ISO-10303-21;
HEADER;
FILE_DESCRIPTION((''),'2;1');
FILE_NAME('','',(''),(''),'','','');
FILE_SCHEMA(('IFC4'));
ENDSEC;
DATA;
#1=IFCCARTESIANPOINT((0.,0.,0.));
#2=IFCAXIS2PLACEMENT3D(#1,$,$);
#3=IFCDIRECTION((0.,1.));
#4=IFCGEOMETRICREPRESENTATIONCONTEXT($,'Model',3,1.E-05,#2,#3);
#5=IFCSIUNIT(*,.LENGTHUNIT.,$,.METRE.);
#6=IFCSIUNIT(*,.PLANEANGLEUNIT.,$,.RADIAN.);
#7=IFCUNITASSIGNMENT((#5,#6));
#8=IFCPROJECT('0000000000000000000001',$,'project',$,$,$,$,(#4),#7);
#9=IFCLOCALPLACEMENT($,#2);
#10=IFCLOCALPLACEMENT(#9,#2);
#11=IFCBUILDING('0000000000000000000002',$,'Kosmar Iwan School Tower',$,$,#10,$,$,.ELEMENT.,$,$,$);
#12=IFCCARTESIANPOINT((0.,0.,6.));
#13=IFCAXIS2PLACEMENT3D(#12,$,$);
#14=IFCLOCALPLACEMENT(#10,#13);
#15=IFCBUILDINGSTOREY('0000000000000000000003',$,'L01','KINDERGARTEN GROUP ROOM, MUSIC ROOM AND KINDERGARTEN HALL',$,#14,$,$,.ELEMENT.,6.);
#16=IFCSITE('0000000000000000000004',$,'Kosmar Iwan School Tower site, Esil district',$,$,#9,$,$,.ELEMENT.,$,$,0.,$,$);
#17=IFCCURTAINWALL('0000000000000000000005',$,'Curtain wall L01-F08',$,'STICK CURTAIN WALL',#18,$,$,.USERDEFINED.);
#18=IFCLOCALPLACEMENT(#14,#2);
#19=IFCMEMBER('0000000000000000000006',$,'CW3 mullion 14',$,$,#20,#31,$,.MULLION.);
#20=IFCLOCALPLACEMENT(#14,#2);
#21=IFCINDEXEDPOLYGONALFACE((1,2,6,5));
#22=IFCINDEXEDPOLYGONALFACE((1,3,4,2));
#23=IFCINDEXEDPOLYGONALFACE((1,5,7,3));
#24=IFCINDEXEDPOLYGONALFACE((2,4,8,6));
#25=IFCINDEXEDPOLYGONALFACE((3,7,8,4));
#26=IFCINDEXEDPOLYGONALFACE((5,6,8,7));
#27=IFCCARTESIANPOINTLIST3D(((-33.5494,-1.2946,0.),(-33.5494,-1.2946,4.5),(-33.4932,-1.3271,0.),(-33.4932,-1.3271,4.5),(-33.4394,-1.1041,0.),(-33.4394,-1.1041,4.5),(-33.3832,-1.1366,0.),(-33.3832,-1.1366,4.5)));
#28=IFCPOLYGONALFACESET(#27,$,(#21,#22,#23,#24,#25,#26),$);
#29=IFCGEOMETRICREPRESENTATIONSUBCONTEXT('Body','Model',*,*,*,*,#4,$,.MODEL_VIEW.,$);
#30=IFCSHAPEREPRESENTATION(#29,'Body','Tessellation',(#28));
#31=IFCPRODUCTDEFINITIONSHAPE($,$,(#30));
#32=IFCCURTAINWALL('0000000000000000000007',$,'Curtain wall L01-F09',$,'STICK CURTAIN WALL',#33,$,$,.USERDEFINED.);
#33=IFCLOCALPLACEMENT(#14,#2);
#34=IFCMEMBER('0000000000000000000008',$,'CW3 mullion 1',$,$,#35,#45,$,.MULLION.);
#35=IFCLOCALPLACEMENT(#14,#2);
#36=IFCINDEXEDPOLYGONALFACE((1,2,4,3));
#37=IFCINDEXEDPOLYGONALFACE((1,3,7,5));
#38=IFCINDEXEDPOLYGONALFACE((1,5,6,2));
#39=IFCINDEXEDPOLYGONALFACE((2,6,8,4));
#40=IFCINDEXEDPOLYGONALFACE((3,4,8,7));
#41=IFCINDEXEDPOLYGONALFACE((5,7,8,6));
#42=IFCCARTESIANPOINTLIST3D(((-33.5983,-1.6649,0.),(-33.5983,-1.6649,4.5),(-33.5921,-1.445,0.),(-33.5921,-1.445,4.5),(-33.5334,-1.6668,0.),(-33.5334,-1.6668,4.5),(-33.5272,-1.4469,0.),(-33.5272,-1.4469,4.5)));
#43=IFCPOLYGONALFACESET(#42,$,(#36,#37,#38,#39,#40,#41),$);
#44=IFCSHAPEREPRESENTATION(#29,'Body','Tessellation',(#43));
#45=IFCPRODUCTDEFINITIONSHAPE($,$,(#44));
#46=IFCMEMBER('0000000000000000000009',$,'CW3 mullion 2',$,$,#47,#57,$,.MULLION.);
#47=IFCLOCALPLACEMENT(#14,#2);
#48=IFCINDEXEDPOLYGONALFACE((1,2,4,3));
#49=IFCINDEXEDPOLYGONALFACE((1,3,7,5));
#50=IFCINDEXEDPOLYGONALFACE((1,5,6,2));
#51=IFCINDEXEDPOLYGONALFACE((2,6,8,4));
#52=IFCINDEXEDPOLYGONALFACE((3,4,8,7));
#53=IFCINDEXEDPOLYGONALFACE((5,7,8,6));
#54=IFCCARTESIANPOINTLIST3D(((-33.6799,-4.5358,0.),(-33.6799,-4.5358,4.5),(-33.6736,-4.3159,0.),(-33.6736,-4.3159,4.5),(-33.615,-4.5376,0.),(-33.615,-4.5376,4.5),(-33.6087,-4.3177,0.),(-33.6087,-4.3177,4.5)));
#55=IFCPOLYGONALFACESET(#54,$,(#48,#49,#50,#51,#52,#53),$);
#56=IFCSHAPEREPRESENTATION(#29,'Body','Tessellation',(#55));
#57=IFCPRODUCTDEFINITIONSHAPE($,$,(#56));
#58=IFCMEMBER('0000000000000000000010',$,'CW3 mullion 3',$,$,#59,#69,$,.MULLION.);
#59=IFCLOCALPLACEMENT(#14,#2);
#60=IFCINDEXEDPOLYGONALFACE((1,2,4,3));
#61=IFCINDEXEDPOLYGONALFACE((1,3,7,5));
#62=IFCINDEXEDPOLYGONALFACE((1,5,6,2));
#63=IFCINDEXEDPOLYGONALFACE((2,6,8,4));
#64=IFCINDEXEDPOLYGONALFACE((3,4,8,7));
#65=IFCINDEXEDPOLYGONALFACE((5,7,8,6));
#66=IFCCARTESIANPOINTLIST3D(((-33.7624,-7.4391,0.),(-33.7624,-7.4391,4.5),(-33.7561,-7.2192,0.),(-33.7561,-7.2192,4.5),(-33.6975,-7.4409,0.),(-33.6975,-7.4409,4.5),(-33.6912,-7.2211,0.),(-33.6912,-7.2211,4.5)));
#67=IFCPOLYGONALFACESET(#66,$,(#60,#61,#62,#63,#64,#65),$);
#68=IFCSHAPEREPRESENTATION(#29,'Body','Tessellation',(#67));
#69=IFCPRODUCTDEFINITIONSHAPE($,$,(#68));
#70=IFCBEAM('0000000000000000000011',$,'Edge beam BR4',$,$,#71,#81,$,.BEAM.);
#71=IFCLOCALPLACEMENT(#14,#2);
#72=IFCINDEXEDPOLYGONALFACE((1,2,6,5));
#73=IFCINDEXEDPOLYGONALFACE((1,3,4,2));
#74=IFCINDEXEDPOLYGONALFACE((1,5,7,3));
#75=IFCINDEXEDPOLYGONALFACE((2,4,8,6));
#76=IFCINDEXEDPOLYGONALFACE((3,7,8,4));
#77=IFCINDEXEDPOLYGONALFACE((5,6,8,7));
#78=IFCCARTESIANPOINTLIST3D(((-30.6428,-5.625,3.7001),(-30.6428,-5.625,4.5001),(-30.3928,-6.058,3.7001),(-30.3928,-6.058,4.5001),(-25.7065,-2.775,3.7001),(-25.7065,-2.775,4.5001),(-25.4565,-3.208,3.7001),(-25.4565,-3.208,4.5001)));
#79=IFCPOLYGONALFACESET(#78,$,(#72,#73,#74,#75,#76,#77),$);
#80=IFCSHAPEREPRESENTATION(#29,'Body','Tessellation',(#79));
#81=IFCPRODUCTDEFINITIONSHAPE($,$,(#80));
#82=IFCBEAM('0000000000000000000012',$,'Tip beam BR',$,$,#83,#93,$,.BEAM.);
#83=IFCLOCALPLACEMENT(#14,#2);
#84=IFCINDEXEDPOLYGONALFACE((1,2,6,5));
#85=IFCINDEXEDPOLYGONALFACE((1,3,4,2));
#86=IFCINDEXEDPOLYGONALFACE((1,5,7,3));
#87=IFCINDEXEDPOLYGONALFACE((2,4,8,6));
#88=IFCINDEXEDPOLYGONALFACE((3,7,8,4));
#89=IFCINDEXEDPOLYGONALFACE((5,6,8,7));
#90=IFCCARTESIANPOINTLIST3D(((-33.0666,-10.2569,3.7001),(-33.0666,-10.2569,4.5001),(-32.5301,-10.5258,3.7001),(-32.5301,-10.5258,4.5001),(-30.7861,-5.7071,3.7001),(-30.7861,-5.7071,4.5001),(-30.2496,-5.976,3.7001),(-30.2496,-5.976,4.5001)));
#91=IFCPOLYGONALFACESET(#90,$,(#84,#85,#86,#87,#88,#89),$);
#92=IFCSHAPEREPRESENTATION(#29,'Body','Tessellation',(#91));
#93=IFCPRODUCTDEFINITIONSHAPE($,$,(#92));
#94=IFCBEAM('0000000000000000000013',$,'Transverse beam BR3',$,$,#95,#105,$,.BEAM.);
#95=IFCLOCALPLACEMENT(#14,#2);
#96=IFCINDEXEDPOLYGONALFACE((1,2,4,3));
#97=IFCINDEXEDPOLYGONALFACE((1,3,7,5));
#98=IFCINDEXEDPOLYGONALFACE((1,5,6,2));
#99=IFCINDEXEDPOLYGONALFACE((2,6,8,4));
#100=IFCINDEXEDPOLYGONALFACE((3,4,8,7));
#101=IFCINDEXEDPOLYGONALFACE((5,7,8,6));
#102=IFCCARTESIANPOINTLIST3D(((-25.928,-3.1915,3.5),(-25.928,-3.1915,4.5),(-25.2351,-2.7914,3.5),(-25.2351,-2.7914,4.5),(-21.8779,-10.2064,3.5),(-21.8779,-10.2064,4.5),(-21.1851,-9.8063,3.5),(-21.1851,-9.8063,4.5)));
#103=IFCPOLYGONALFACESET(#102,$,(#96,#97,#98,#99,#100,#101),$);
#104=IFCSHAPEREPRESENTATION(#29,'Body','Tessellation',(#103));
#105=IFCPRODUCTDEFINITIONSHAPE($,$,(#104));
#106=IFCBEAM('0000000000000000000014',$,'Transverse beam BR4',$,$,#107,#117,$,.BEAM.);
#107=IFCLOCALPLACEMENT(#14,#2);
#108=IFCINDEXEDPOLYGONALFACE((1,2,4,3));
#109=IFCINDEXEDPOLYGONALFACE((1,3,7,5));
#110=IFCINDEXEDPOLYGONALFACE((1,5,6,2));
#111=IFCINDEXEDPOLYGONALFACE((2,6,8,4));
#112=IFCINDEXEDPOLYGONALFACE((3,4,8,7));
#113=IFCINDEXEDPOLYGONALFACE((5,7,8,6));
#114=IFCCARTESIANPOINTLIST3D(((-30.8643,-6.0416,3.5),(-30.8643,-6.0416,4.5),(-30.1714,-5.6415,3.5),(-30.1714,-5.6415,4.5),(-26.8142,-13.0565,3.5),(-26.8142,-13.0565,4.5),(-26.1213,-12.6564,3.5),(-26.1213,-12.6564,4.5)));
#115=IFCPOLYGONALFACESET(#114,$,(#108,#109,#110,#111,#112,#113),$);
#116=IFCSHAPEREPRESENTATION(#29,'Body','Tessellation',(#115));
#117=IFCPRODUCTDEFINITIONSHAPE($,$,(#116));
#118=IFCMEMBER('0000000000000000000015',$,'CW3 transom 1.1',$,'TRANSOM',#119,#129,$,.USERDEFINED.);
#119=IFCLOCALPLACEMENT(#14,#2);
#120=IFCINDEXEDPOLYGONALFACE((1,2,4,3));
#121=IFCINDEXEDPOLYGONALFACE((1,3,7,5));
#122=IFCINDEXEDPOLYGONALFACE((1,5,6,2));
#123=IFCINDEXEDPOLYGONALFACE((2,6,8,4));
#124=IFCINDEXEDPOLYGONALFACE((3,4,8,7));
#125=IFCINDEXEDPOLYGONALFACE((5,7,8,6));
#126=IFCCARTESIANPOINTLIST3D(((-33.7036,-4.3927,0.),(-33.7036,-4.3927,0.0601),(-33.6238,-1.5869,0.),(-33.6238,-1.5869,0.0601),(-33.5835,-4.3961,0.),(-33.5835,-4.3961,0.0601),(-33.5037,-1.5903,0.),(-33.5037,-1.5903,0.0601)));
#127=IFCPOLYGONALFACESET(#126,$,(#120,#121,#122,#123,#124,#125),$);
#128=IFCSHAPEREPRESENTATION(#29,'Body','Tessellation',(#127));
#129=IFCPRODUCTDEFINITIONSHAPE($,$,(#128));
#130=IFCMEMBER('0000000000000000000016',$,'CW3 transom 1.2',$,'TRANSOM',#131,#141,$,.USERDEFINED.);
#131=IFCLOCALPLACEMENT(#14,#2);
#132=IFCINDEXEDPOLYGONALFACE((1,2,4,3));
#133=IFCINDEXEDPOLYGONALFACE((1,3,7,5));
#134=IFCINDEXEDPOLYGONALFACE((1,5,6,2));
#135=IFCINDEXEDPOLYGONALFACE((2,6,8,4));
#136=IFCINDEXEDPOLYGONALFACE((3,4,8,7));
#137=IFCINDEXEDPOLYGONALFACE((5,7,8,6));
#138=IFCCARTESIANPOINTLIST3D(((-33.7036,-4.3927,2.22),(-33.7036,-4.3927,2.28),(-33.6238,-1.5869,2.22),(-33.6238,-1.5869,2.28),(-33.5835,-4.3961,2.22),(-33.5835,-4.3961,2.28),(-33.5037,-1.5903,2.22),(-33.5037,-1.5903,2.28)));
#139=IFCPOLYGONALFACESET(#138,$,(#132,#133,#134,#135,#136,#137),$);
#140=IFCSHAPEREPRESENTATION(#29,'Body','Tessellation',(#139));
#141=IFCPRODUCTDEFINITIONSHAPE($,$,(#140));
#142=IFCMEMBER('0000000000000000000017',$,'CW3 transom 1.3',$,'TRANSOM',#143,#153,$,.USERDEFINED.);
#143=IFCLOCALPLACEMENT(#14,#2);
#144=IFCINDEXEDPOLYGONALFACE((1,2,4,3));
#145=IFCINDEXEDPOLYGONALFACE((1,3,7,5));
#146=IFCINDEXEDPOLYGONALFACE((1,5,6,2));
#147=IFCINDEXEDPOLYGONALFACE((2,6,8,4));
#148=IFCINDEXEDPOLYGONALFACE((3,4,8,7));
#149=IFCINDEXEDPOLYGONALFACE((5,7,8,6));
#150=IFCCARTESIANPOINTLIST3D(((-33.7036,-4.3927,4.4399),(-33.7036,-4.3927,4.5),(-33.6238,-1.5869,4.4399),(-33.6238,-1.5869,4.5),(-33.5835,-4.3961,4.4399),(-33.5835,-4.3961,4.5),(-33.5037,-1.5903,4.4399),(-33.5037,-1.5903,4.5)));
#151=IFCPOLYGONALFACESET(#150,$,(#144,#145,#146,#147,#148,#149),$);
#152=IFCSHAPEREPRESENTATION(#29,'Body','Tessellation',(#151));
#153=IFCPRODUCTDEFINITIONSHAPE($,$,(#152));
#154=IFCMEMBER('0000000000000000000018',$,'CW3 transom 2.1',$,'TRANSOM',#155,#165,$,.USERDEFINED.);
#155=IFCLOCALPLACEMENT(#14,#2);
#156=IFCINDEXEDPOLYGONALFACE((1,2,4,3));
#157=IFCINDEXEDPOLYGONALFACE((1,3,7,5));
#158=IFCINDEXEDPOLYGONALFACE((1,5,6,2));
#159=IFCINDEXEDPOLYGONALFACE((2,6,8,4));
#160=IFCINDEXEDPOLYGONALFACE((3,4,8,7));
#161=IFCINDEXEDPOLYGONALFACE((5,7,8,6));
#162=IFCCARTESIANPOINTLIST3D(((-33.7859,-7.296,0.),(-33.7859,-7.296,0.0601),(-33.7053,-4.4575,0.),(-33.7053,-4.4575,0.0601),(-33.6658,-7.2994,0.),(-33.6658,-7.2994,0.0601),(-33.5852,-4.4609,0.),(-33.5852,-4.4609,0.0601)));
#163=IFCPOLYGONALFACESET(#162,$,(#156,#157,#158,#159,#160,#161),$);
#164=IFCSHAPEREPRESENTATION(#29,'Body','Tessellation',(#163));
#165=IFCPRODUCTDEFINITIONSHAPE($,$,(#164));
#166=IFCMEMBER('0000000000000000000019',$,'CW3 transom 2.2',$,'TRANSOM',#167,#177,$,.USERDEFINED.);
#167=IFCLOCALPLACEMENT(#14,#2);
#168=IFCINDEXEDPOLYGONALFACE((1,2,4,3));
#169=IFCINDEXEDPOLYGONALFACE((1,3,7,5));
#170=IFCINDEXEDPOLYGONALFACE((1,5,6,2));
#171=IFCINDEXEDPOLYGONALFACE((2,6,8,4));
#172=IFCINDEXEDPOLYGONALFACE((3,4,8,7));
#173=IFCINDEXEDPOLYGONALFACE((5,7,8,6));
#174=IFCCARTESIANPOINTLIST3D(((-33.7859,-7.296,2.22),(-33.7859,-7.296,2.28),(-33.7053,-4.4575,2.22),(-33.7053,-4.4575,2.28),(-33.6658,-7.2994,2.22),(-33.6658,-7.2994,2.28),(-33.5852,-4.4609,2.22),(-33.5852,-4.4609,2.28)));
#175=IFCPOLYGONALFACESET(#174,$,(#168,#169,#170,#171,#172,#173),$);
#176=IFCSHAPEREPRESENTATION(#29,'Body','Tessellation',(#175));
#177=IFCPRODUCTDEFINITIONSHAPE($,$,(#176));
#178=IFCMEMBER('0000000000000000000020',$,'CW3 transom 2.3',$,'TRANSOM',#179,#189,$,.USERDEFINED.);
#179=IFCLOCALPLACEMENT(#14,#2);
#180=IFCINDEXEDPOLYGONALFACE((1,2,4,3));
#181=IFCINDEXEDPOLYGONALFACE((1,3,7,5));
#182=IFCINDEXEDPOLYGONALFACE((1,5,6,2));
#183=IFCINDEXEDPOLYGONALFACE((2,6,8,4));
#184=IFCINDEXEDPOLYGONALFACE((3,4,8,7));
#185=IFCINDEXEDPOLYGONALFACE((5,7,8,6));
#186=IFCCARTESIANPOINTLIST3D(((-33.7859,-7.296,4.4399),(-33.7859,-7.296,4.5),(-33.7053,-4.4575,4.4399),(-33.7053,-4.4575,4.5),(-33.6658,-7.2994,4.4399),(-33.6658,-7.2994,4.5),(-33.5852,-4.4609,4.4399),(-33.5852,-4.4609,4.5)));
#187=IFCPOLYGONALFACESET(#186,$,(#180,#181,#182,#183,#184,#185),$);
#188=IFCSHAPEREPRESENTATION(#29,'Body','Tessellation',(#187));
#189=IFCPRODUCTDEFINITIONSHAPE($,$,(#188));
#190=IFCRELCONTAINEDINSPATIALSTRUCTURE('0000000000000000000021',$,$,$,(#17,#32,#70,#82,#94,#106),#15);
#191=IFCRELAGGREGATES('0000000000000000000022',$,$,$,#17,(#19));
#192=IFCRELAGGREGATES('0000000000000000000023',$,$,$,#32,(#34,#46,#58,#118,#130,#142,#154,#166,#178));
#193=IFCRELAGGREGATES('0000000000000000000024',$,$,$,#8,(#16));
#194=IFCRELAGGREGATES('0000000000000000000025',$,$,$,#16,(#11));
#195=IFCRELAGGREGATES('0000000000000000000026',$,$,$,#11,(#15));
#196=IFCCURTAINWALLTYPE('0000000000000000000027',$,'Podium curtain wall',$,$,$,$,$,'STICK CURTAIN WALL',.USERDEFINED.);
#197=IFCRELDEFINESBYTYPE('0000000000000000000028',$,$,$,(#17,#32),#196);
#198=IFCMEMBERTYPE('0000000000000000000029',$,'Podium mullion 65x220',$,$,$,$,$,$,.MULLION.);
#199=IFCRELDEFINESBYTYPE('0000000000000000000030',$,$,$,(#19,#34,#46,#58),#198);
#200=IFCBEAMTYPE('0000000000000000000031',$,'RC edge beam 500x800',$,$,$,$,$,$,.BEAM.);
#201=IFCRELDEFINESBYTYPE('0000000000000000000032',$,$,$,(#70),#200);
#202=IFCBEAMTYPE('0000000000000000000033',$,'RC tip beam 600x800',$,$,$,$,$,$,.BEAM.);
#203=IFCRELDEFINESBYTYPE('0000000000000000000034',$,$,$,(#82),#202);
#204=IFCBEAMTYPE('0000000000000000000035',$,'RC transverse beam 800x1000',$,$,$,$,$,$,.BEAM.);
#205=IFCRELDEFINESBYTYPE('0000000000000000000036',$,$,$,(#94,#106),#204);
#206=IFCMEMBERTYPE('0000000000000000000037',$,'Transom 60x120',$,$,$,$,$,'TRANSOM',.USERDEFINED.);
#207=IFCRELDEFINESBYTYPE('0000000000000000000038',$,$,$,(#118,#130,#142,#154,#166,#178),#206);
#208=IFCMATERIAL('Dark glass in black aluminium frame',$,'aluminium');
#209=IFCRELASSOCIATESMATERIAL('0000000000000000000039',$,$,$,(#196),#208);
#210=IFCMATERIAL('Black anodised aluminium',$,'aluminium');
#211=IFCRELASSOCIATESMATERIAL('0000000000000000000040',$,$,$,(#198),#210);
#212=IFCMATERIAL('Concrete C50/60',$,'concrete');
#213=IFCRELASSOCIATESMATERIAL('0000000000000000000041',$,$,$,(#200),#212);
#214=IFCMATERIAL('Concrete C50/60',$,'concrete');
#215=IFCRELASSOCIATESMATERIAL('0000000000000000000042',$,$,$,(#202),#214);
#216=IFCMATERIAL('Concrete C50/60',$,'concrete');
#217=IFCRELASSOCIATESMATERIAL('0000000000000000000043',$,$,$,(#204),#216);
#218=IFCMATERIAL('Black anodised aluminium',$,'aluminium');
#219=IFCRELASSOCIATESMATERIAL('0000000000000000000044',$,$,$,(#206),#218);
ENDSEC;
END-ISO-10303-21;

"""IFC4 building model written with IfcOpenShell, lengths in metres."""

from ifc_helpers import new_model, si_unit, direction, frame, origin, origin_2d, place, context, subcontext, project, spatial, rectangle, extrude, material, material_profile, profile_set, type_object, element, aggregate, save


model = new_model("IFC4")

# Units and contexts
model_context = context("Model", 3, precision=1e-05, world=origin(), true_north=direction((0.0, 1.0)))
body_context = subcontext(model_context, "Body", "Model", "MODEL_VIEW")
ifc_project = project(units=[si_unit("LENGTHUNIT", "METRE"), si_unit("PLANEANGLEUNIT", "RADIAN")], contexts=[model_context])

# Site, building, storey
site_placement = place(None, origin())
site = spatial("IfcSite", under=ifc_project, at=site_placement, Name="Kosmar Iwan School Tower site, Esil district", CompositionType="ELEMENT", RefElevation=0.0)
building_placement = place(site_placement, origin())
building = spatial("IfcBuilding", under=site, at=building_placement, Name="Kosmar Iwan School Tower", CompositionType="ELEMENT")
storey_placement = place(building_placement, frame((0.0, 0.0, 6.0)))
storey = spatial("IfcBuildingStorey", under=building, at=storey_placement, Name="L01", Description="KINDERGARTEN GROUP ROOM, MUSIC ROOM AND KINDERGARTEN HALL", CompositionType="ELEMENT", Elevation=6.0)

# Curtain wall, member
ifc_material_1 = material(Name="Dark glass in black aluminium frame", Category="aluminium")
curtain_wall_type = type_object("IfcCurtainWallType", Name="Podium curtain wall", ElementType="STICK CURTAIN WALL", PredefinedType="USERDEFINED", material=ifc_material_1)
curtain_wall_1_placement = place(storey_placement, origin())
curtain_wall_1 = element("IfcCurtainWall", 1, at=curtain_wall_1_placement, inside=storey, type_object=curtain_wall_type, Name="Curtain wall L01-F08", ObjectType="STICK CURTAIN WALL", PredefinedType="USERDEFINED")
ifc_material_2 = material(Name="Black anodised aluminium", Category="aluminium")
ifc_material_profile_1 = material_profile(ifc_material_2, rectangle(XDim=0.0649, YDim=0.22, at=origin_2d()), Name="MULLION 65x220")
ifc_profile_set_1 = profile_set([ifc_material_profile_1], Name="Black anodised aluminium")
member_type_1 = type_object("IfcMemberType", Name="Podium mullion 65x220", PredefinedType="MULLION", material=ifc_profile_set_1)
member_1_placement = place(storey_placement, frame((-33.4663, -1.2156, 0.0), z_axis=(0.0, 0.0, 1.0), x_axis=(0.866025, -0.5, 0.0)))
member_1 = element("IfcMember", 2, at=member_1_placement, type_object=member_type_1, Name="CW3 mullion 14", PredefinedType="MULLION", context=body_context, shape_type="SweptSolid", body=[
    extrude(rectangle(XDim=0.0649, YDim=0.22, at=origin_2d()), origin(), (0.0, 0.0, 1.0), 4.5),
])
aggregate(curtain_wall_1, [member_1])

# Curtain wall, members
curtain_wall_2_placement = place(storey_placement, origin())
curtain_wall_2 = element("IfcCurtainWall", 3, at=curtain_wall_2_placement, inside=storey, type_object=curtain_wall_type, Name="Curtain wall L01-F09", ObjectType="STICK CURTAIN WALL", PredefinedType="USERDEFINED")
member_2_placement = place(storey_placement, frame((-33.5627, -1.5559, 0.0), z_axis=(0.0, 0.0, 1.0), x_axis=(0.999597, -0.028386, 0.0)))
member_2 = element("IfcMember", 4, at=member_2_placement, type_object=member_type_1, Name="CW3 mullion 1", PredefinedType="MULLION", context=body_context, shape_type="SweptSolid", body=[
    extrude(rectangle(XDim=0.0649, YDim=0.22, at=origin_2d()), origin(), (0.0, 0.0, 1.0), 4.5),
])
member_3_placement = place(storey_placement, frame((-33.6443, -4.4268, 0.0), z_axis=(0.0, 0.0, 1.0), x_axis=(0.999597, -0.028386, 0.0)))
member_3 = element("IfcMember", 5, at=member_3_placement, type_object=member_type_1, Name="CW3 mullion 2", PredefinedType="MULLION", context=body_context, shape_type="SweptSolid", body=[
    extrude(rectangle(XDim=0.0649, YDim=0.22, at=origin_2d()), origin(), (0.0, 0.0, 1.0), 4.5),
])
member_4_placement = place(storey_placement, frame((-33.7268, -7.3301, 0.0), z_axis=(0.0, 0.0, 1.0), x_axis=(0.999597, -0.028386, 0.0)))
member_4 = element("IfcMember", 6, at=member_4_placement, type_object=member_type_1, Name="CW3 mullion 3", PredefinedType="MULLION", context=body_context, shape_type="SweptSolid", body=[
    extrude(rectangle(XDim=0.0649, YDim=0.22, at=origin_2d()), origin(), (0.0, 0.0, 1.0), 4.5),
])

# Beams
ifc_material_3 = material(Name="Concrete C50/60", Category="concrete")
ifc_material_profile_2 = material_profile(ifc_material_3, rectangle(XDim=0.5, YDim=0.8, at=origin_2d()), Name="RC 500x800")
ifc_profile_set_2 = profile_set([ifc_material_profile_2], Name="Concrete C50/60")
beam_type_1 = type_object("IfcBeamType", Name="RC edge beam 500x800", PredefinedType="BEAM", material=ifc_profile_set_2)
beam_1_placement = place(storey_placement, frame((-25.5815, -2.9915, 4.1001), z_axis=(-0.866015, -0.500018, 0.0), x_axis=(0.500018, -0.866015, 0.0)))
element("IfcBeam", 7, at=beam_1_placement, inside=storey, type_object=beam_type_1, Name="Edge beam BR4", PredefinedType="BEAM", context=body_context, shape_type="SweptSolid", body=[
    extrude(rectangle(XDim=0.5, YDim=0.8, at=origin_2d()), origin(), (0.0, 0.0, 1.0), 5.7),
])
ifc_material_4 = material(Name="Concrete C50/60", Category="concrete")
ifc_material_profile_3 = material_profile(ifc_material_4, rectangle(XDim=0.6001, YDim=0.8, at=origin_2d()), Name="RC 600x800")
ifc_profile_set_3 = profile_set([ifc_material_profile_3], Name="Concrete C50/60")
beam_type_2 = type_object("IfcBeamType", Name="RC tip beam 600x800", PredefinedType="BEAM", material=ifc_profile_set_3)
beam_2_placement = place(storey_placement, frame((-30.5178, -5.8416, 4.1001), z_axis=(-0.448096, -0.893985, 0.0), x_axis=(0.893985, -0.448096, 0.0)))
element("IfcBeam", 8, at=beam_2_placement, inside=storey, type_object=beam_type_2, Name="Tip beam BR", PredefinedType="BEAM", context=body_context, shape_type="SweptSolid", body=[
    extrude(rectangle(XDim=0.6001, YDim=0.8, at=origin_2d()), origin(), (0.0, 0.0, 1.0), 5.0894),
])
ifc_material_5 = material(Name="Concrete C50/60", Category="concrete")
ifc_material_profile_4 = material_profile(ifc_material_5, rectangle(XDim=0.8, YDim=1.0, at=origin_2d()), Name="RC 800x1000")
ifc_profile_set_4 = profile_set([ifc_material_profile_4], Name="Concrete C50/60")
beam_type_3 = type_object("IfcBeamType", Name="RC transverse beam 800x1000", PredefinedType="BEAM", material=ifc_profile_set_4)
for number, where, z_axis, x_axis, name in (
    (9, (-25.5815, -2.9915, 4.0), (0.5, -0.866025, 0.0), (0.866025, 0.5, 0.0), "Transverse beam BR3"),
    (10, (-30.5178, -5.8416, 4.0), (0.5, -0.866025, 0.0), (0.866025, 0.5, 0.0), "Transverse beam BR4"),
):
    element("IfcBeam", number, at=place(storey_placement, frame(where, z_axis=z_axis, x_axis=x_axis)), inside=storey, type_object=beam_type_3, Name=name, PredefinedType="BEAM", context=body_context, shape_type="SweptSolid", body=[
        extrude(rectangle(XDim=0.8, YDim=1.0, at=origin_2d()), origin(), (0.0, 0.0, 1.0), 8.1001),
    ])

# Members
ifc_material_6 = material(Name="Black anodised aluminium", Category="aluminium")
ifc_material_profile_5 = material_profile(ifc_material_6, rectangle(XDim=0.1201, YDim=0.0601, at=origin_2d()), Name="TRANSOM 60x120")
ifc_profile_set_5 = profile_set([ifc_material_profile_5], Name="Black anodised aluminium")
member_type_2 = type_object("IfcMemberType", Name="Transom 60x120", ElementType="TRANSOM", PredefinedType="USERDEFINED", material=ifc_profile_set_5)
member_5_placement = place(storey_placement, frame((-33.5637, -1.5886, 0.03), z_axis=(-0.028443, -0.999595, 0.0), x_axis=(0.999595, -0.028443, 0.0)))
member_5 = element("IfcMember", 11, at=member_5_placement, type_object=member_type_2, Name="CW3 transom 1.1", ObjectType="TRANSOM", PredefinedType="USERDEFINED", context=body_context, shape_type="SweptSolid", body=[
    extrude(rectangle(XDim=0.1201, YDim=0.0601, at=origin_2d()), origin(), (0.0, 0.0, 1.0), 2.8069),
])
member_6_placement = place(storey_placement, frame((-33.5637, -1.5886, 2.25), z_axis=(-0.028443, -0.999595, 0.0), x_axis=(0.999595, -0.028443, 0.0)))
member_6 = element("IfcMember", 12, at=member_6_placement, type_object=member_type_2, Name="CW3 transom 1.2", ObjectType="TRANSOM", PredefinedType="USERDEFINED", context=body_context, shape_type="SweptSolid", body=[
    extrude(rectangle(XDim=0.1201, YDim=0.0601, at=origin_2d()), origin(), (0.0, 0.0, 1.0), 2.8069),
])
member_7_placement = place(storey_placement, frame((-33.5637, -1.5886, 4.47), z_axis=(-0.028443, -0.999595, 0.0), x_axis=(0.999595, -0.028443, 0.0)))
member_7 = element("IfcMember", 13, at=member_7_placement, type_object=member_type_2, Name="CW3 transom 1.3", ObjectType="TRANSOM", PredefinedType="USERDEFINED", context=body_context, shape_type="SweptSolid", body=[
    extrude(rectangle(XDim=0.1201, YDim=0.0601, at=origin_2d()), origin(), (0.0, 0.0, 1.0), 2.8069),
])
member_8_placement = place(storey_placement, frame((-33.6453, -4.4592, 0.03), z_axis=(-0.028373, -0.999597, 0.0), x_axis=(0.999597, -0.028373, 0.0)))
member_8 = element("IfcMember", 14, at=member_8_placement, type_object=member_type_2, Name="CW3 transom 2.1", ObjectType="TRANSOM", PredefinedType="USERDEFINED", context=body_context, shape_type="SweptSolid", body=[
    extrude(rectangle(XDim=0.1201, YDim=0.0601, at=origin_2d()), origin(), (0.0, 0.0, 1.0), 2.8396),
])
member_9_placement = place(storey_placement, frame((-33.6453, -4.4592, 2.25), z_axis=(-0.028373, -0.999597, 0.0), x_axis=(0.999597, -0.028373, 0.0)))
member_9 = element("IfcMember", 15, at=member_9_placement, type_object=member_type_2, Name="CW3 transom 2.2", ObjectType="TRANSOM", PredefinedType="USERDEFINED", context=body_context, shape_type="SweptSolid", body=[
    extrude(rectangle(XDim=0.1201, YDim=0.0601, at=origin_2d()), origin(), (0.0, 0.0, 1.0), 2.8396),
])
member_10_placement = place(storey_placement, frame((-33.6453, -4.4592, 4.47), z_axis=(-0.028373, -0.999597, 0.0), x_axis=(0.999597, -0.028373, 0.0)))
member_10 = element("IfcMember", 16, at=member_10_placement, type_object=member_type_2, Name="CW3 transom 2.3", ObjectType="TRANSOM", PredefinedType="USERDEFINED", context=body_context, shape_type="SweptSolid", body=[
    extrude(rectangle(XDim=0.1201, YDim=0.0601, at=origin_2d()), origin(), (0.0, 0.0, 1.0), 2.8396),
])

aggregate(curtain_wall_2, [member_2, member_3, member_4, member_5, member_6, member_7, member_8, member_9, member_10])

save(model, "model.ifc")
